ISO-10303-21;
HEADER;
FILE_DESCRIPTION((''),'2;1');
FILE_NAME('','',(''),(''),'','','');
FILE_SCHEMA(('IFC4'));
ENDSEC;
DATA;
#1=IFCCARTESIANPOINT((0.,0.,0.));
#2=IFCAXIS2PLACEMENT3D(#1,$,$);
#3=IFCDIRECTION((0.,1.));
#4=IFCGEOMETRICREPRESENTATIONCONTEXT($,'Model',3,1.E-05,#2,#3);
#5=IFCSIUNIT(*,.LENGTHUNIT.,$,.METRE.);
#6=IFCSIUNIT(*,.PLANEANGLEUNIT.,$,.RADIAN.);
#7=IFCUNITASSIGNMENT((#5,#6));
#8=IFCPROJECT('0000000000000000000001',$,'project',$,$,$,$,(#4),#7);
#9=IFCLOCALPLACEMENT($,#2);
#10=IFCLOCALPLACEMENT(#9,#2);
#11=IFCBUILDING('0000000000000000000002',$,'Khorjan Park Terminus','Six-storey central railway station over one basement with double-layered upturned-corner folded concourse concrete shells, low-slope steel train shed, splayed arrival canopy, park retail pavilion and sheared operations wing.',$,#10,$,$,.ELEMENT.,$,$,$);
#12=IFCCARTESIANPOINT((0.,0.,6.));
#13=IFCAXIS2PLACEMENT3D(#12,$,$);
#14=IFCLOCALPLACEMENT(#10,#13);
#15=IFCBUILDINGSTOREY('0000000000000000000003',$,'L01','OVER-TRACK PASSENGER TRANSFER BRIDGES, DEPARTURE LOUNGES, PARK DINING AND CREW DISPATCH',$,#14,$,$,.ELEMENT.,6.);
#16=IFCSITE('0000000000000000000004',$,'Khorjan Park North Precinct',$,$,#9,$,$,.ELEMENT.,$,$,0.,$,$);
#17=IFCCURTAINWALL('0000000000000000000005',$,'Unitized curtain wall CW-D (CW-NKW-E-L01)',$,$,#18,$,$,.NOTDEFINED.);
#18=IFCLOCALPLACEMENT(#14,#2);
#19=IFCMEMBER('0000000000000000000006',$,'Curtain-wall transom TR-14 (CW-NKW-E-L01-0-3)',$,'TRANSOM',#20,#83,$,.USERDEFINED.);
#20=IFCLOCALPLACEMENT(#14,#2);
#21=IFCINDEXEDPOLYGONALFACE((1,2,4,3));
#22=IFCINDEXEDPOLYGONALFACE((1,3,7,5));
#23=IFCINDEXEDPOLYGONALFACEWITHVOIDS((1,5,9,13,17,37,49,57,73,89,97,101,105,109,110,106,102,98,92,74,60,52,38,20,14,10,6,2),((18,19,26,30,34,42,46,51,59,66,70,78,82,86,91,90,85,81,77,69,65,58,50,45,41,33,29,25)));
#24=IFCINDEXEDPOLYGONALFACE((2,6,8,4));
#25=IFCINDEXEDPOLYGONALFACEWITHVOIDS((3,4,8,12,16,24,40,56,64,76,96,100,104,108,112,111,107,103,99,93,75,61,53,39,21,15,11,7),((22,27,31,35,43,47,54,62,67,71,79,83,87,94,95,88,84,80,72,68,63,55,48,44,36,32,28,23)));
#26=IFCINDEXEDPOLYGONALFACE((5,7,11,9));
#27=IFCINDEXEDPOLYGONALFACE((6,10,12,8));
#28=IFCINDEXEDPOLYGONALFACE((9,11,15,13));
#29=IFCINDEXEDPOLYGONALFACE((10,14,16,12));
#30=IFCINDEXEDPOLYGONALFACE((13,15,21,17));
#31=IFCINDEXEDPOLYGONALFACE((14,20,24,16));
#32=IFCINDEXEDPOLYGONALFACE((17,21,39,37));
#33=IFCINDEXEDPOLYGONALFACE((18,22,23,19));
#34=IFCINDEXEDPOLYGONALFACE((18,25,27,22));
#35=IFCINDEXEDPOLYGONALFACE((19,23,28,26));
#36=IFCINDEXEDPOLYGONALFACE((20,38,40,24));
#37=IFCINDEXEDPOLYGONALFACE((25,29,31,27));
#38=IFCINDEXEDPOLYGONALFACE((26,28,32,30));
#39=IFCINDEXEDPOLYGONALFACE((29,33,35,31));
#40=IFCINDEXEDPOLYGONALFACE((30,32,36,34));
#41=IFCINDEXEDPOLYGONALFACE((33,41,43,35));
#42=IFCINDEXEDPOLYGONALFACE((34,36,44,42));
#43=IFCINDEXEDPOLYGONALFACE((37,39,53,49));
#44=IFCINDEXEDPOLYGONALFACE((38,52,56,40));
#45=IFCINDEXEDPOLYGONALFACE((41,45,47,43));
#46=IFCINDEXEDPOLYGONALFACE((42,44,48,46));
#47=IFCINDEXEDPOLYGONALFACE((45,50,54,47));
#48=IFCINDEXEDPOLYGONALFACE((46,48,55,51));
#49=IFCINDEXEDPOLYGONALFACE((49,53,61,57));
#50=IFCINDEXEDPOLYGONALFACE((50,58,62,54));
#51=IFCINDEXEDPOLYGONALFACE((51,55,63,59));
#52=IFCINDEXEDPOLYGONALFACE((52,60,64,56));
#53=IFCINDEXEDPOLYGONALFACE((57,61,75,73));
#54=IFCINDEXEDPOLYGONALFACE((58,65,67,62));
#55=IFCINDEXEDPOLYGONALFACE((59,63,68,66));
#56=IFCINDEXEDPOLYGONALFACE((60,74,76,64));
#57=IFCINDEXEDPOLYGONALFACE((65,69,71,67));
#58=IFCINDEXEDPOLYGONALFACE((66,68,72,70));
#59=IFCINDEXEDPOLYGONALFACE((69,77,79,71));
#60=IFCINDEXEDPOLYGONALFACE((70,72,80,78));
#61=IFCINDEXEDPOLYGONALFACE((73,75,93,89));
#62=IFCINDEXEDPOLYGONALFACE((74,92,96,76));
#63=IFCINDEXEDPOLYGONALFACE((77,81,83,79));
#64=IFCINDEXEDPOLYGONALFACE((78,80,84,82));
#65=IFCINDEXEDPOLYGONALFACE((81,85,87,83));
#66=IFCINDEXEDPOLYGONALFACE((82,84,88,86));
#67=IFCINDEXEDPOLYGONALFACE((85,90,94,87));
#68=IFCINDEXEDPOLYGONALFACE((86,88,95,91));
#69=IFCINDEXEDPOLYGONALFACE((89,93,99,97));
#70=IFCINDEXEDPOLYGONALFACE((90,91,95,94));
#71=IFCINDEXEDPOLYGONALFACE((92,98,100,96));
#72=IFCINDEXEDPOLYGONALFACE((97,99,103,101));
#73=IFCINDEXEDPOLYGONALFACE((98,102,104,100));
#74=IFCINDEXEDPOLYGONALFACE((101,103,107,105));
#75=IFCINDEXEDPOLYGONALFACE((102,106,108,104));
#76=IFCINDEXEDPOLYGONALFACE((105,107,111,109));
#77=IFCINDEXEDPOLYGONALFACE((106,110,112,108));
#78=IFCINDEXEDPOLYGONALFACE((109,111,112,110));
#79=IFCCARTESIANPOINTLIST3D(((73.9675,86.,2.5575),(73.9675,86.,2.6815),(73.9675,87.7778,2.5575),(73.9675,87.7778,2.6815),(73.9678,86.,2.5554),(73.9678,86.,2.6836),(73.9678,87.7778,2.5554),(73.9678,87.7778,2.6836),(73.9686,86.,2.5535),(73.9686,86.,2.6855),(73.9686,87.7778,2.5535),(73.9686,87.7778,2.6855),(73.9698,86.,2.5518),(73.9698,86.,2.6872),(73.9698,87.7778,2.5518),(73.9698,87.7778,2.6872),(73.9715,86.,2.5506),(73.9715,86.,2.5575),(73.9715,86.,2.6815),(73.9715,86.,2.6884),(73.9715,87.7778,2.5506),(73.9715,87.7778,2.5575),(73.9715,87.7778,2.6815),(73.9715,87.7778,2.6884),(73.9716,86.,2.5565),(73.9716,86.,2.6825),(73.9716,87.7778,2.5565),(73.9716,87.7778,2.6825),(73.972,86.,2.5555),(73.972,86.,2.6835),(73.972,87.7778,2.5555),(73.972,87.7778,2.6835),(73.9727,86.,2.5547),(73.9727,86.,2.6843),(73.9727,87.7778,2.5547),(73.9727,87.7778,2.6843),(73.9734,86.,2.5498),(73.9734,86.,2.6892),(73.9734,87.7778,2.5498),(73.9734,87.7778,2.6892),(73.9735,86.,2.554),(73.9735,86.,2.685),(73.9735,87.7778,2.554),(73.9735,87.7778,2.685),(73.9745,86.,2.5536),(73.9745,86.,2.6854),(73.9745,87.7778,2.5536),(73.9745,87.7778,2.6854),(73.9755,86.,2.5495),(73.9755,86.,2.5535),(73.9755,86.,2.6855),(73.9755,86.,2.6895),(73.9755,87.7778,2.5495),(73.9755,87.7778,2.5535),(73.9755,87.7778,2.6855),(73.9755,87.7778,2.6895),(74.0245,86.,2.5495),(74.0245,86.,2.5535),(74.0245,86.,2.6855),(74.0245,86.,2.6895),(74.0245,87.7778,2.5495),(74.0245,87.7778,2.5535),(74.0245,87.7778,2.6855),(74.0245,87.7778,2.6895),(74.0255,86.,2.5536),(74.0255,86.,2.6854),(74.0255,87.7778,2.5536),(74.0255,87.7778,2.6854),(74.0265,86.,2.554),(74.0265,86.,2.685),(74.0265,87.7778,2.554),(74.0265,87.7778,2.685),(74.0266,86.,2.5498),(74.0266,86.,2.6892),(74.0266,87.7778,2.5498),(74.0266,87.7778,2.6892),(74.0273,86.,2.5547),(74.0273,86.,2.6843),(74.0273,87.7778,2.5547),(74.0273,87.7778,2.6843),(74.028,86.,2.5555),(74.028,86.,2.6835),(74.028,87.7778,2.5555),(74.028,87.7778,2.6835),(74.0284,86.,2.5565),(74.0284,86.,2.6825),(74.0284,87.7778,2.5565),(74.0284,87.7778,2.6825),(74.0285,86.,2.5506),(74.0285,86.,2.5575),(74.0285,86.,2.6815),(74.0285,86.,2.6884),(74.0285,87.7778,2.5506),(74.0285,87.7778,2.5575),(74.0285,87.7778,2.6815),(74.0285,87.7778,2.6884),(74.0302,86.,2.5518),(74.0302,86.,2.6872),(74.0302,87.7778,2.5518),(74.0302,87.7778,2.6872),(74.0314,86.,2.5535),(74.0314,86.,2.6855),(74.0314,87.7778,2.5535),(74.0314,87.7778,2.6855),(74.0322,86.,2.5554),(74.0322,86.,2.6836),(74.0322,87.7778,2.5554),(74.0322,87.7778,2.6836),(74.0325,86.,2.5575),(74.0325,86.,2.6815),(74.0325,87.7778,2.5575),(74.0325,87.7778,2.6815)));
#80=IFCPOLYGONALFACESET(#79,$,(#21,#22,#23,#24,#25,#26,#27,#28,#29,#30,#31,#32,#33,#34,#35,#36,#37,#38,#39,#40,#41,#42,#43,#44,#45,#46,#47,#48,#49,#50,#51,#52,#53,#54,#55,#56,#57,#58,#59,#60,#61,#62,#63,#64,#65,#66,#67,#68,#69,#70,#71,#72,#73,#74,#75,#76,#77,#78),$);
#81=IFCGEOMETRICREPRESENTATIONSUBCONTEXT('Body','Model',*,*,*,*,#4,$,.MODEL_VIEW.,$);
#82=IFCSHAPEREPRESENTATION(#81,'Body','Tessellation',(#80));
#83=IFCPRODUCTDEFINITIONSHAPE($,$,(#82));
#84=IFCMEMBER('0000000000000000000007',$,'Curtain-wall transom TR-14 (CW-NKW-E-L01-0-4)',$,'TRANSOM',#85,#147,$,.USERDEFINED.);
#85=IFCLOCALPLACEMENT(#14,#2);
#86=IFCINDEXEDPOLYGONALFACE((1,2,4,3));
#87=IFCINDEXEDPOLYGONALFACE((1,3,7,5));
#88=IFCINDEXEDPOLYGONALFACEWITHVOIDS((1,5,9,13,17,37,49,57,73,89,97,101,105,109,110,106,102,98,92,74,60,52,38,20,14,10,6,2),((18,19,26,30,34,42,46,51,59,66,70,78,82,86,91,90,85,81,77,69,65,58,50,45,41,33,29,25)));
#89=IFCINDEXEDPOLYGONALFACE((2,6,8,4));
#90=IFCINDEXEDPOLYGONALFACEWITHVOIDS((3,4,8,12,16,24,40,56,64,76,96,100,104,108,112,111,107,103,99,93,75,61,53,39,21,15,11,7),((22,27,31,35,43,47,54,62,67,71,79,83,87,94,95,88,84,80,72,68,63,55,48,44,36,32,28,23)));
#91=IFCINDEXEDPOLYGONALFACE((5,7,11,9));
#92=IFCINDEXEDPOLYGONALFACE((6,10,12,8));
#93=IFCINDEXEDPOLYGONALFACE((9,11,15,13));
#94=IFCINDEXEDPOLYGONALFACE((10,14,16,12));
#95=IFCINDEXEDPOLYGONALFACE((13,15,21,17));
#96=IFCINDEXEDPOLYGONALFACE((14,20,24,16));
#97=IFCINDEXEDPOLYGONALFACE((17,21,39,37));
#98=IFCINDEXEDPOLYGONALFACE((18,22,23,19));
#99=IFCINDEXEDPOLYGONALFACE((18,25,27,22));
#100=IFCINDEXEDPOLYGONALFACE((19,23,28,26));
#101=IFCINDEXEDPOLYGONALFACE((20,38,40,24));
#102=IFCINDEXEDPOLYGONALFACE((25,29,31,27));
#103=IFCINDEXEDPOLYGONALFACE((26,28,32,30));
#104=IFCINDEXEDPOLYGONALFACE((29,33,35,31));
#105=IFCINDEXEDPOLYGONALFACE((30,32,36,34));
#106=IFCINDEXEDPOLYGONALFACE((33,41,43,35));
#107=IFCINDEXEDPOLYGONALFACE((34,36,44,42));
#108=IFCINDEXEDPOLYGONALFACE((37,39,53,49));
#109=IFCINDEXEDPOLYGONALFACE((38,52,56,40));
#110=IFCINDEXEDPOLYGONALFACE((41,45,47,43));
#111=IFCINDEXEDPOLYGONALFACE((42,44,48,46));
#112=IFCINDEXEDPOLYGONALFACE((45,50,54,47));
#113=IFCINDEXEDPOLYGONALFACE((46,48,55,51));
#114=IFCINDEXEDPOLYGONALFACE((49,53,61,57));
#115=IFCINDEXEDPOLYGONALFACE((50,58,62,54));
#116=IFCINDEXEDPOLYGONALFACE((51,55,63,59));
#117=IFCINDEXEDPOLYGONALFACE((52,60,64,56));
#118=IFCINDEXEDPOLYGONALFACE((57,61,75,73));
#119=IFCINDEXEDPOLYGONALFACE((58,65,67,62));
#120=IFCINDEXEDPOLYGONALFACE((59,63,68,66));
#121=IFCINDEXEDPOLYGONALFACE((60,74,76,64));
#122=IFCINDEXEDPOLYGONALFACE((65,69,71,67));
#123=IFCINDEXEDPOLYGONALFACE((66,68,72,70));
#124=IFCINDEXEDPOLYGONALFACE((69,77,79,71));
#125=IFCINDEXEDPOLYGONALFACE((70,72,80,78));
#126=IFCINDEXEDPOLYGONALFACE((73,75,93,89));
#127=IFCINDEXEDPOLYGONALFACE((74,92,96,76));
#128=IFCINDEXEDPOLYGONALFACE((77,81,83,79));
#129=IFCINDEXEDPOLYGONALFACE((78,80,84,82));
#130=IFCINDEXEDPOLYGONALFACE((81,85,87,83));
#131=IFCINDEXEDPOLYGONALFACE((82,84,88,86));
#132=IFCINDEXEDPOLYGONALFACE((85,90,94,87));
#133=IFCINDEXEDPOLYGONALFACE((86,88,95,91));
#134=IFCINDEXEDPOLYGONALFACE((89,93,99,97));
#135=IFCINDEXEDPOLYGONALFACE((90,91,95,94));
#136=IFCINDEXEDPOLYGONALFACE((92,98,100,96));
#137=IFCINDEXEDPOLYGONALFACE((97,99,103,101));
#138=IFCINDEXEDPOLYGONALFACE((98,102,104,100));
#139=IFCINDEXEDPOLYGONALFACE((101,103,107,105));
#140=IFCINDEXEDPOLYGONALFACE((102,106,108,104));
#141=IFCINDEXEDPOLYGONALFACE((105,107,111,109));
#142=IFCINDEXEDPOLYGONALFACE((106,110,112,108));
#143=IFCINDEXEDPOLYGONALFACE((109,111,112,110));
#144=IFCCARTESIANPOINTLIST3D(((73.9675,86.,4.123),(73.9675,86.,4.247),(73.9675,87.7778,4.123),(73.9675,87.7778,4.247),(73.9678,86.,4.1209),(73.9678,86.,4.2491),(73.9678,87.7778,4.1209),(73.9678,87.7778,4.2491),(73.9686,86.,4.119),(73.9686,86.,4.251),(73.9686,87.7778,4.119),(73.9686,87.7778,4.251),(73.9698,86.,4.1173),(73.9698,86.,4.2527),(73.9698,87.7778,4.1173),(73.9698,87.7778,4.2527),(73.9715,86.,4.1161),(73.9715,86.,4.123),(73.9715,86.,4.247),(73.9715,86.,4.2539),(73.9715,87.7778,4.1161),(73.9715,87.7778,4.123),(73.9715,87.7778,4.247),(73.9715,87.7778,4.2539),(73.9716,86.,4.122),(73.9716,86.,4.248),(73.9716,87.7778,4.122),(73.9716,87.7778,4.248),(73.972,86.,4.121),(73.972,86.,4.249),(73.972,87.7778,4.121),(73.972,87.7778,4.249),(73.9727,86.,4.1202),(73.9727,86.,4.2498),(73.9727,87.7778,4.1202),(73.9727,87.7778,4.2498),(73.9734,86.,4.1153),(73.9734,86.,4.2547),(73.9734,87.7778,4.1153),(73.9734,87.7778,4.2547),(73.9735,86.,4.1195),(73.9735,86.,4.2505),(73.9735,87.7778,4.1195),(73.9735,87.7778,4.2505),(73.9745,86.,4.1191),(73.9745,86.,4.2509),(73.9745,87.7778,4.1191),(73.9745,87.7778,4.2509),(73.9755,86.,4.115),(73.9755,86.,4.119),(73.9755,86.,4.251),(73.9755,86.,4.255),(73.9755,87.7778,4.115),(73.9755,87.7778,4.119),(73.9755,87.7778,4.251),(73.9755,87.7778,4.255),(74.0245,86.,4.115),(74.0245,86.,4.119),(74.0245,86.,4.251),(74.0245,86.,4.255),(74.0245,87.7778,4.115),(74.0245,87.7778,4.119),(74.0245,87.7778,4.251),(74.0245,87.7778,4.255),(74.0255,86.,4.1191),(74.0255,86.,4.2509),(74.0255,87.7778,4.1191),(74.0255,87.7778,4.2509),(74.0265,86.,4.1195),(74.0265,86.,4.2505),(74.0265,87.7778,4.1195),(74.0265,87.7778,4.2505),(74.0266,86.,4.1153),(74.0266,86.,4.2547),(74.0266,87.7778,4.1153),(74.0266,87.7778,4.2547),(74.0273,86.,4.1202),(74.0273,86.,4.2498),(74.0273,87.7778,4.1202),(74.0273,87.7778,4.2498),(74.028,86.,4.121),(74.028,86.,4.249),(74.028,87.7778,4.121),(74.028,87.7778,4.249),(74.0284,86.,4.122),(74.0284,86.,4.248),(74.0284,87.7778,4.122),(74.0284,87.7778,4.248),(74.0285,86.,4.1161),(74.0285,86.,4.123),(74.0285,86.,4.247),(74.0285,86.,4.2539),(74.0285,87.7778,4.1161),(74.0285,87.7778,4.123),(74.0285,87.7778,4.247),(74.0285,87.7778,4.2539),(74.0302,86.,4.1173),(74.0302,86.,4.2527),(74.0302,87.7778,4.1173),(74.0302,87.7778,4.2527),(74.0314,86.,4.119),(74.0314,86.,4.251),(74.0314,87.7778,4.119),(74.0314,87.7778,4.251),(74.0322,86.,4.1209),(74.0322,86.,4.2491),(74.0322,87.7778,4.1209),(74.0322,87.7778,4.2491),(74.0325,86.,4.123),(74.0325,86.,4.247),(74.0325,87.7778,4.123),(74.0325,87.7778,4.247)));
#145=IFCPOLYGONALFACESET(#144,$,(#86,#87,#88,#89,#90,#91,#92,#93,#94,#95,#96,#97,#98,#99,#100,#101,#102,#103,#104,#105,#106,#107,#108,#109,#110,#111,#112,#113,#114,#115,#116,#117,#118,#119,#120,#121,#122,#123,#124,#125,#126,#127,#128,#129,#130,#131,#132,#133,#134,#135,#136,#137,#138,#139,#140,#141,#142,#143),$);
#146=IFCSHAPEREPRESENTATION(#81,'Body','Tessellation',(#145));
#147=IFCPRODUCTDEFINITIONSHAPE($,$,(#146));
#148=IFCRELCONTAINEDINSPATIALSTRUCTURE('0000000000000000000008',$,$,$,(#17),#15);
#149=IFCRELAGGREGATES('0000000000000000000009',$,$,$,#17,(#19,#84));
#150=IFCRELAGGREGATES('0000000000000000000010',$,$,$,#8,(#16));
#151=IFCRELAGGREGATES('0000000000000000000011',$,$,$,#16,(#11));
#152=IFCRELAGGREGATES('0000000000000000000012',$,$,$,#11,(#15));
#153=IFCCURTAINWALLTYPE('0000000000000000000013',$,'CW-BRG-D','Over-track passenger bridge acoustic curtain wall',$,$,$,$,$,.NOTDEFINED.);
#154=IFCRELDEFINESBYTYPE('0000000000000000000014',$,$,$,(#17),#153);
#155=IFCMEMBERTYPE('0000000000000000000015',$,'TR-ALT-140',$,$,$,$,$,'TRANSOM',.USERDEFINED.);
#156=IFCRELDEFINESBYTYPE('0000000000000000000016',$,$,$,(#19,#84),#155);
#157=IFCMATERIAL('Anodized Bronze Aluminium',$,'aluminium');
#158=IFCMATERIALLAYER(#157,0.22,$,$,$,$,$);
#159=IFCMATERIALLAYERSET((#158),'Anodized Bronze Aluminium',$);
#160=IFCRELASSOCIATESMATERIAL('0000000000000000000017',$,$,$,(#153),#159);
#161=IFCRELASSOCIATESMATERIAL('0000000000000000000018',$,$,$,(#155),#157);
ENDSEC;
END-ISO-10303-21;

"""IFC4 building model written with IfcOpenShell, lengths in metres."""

from ifc_helpers import new_model, si_unit, direction, frame, origin, origin_2d, place, context, subcontext, project, spatial, hollow_rectangle, extrude, material, layer, layer_set, material_profile, profile_set, type_object, element, aggregate, save


model = new_model("IFC4")

# Units and contexts
model_context = context("Model", 3, precision=1e-05, world=origin(), true_north=direction((0.0, 1.0)))
body_context = subcontext(model_context, "Body", "Model", "MODEL_VIEW")
ifc_project = project(units=[si_unit("LENGTHUNIT", "METRE"), si_unit("PLANEANGLEUNIT", "RADIAN")], contexts=[model_context])

# Site, building, storey
site_placement = place(None, origin())
site = spatial("IfcSite", under=ifc_project, at=site_placement, Name="Khorjan Park North Precinct", CompositionType="ELEMENT", RefElevation=0.0)
building_placement = place(site_placement, origin())
building = spatial("IfcBuilding", under=site, at=building_placement, Name="Khorjan Park Terminus", Description="Six-storey central railway station over one basement with double-layered upturned-corner folded concourse concrete shells, low-slope steel train shed, splayed arrival canopy, park retail pavilion and sheared operations wing.", CompositionType="ELEMENT")
storey_placement = place(building_placement, frame((0.0, 0.0, 6.0)))
storey = spatial("IfcBuildingStorey", under=building, at=storey_placement, Name="L01", Description="OVER-TRACK PASSENGER TRANSFER BRIDGES, DEPARTURE LOUNGES, PARK DINING AND CREW DISPATCH", CompositionType="ELEMENT", Elevation=6.0)

# Curtain wall
ifc_material_1 = material(Name="Anodized Bronze Aluminium", Category="aluminium")
ifc_layer_1 = layer(ifc_material_1, 0.22)
ifc_layer_set_1 = layer_set([ifc_layer_1], Name="Anodized Bronze Aluminium")
curtain_wall_type_1 = type_object("IfcCurtainWallType", Name="CW-BRG-D", Description="Over-track passenger bridge acoustic curtain wall", PredefinedType="NOTDEFINED", material=ifc_layer_set_1)
curtain_wall_1_placement = place(storey_placement, origin())
curtain_wall_1 = element("IfcCurtainWall", 1, at=curtain_wall_1_placement, inside=storey, type_object=curtain_wall_type_1, Name="Unitized curtain wall CW-D (CW-NKW-E-L01)", PredefinedType="NOTDEFINED")

# Members
ifc_material_profile_1 = material_profile(ifc_material_1, hollow_rectangle(XDim=0.065, YDim=0.14, WallThickness=0.004, InnerFilletRadius=0.004, OuterFilletRadius=0.008, at=origin_2d()), Name="ALT 65x140x4")
ifc_profile_set_1 = profile_set([ifc_material_profile_1], Name="Anodized Bronze Aluminium")
member_type_1 = type_object("IfcMemberType", Name="TR-ALT-140", ElementType="TRANSOM", PredefinedType="USERDEFINED", material=ifc_profile_set_1)
member_1_placement = place(storey_placement, frame((74.0, 86.0, 2.6195), z_axis=(0.0, 1.0, 0.0), x_axis=(-1.0, 0.0, 0.0)))
member_1 = element("IfcMember", 2, at=member_1_placement, type_object=member_type_1, Name="Curtain-wall transom TR-14 (CW-NKW-E-L01-0-3)", ObjectType="TRANSOM", PredefinedType="USERDEFINED", context=body_context, shape_type="SweptSolid", body=[
    extrude(hollow_rectangle(XDim=0.065, YDim=0.14, WallThickness=0.004, InnerFilletRadius=0.004, OuterFilletRadius=0.008, at=origin_2d()), origin(), (0.0, 0.0, 1.0), 1.7778),
])
member_2_placement = place(storey_placement, frame((74.0, 86.0, 4.185), z_axis=(0.0, 1.0, 0.0), x_axis=(-1.0, 0.0, 0.0)))
member_2 = element("IfcMember", 3, at=member_2_placement, type_object=member_type_1, Name="Curtain-wall transom TR-14 (CW-NKW-E-L01-0-4)", ObjectType="TRANSOM", PredefinedType="USERDEFINED", context=body_context, shape_type="SweptSolid", body=[
    extrude(hollow_rectangle(XDim=0.065, YDim=0.14, WallThickness=0.004, InnerFilletRadius=0.004, OuterFilletRadius=0.008, at=origin_2d()), origin(), (0.0, 0.0, 1.0), 1.7778),
])

aggregate(curtain_wall_1, [member_1, member_2])

save(model, "model.ifc")
